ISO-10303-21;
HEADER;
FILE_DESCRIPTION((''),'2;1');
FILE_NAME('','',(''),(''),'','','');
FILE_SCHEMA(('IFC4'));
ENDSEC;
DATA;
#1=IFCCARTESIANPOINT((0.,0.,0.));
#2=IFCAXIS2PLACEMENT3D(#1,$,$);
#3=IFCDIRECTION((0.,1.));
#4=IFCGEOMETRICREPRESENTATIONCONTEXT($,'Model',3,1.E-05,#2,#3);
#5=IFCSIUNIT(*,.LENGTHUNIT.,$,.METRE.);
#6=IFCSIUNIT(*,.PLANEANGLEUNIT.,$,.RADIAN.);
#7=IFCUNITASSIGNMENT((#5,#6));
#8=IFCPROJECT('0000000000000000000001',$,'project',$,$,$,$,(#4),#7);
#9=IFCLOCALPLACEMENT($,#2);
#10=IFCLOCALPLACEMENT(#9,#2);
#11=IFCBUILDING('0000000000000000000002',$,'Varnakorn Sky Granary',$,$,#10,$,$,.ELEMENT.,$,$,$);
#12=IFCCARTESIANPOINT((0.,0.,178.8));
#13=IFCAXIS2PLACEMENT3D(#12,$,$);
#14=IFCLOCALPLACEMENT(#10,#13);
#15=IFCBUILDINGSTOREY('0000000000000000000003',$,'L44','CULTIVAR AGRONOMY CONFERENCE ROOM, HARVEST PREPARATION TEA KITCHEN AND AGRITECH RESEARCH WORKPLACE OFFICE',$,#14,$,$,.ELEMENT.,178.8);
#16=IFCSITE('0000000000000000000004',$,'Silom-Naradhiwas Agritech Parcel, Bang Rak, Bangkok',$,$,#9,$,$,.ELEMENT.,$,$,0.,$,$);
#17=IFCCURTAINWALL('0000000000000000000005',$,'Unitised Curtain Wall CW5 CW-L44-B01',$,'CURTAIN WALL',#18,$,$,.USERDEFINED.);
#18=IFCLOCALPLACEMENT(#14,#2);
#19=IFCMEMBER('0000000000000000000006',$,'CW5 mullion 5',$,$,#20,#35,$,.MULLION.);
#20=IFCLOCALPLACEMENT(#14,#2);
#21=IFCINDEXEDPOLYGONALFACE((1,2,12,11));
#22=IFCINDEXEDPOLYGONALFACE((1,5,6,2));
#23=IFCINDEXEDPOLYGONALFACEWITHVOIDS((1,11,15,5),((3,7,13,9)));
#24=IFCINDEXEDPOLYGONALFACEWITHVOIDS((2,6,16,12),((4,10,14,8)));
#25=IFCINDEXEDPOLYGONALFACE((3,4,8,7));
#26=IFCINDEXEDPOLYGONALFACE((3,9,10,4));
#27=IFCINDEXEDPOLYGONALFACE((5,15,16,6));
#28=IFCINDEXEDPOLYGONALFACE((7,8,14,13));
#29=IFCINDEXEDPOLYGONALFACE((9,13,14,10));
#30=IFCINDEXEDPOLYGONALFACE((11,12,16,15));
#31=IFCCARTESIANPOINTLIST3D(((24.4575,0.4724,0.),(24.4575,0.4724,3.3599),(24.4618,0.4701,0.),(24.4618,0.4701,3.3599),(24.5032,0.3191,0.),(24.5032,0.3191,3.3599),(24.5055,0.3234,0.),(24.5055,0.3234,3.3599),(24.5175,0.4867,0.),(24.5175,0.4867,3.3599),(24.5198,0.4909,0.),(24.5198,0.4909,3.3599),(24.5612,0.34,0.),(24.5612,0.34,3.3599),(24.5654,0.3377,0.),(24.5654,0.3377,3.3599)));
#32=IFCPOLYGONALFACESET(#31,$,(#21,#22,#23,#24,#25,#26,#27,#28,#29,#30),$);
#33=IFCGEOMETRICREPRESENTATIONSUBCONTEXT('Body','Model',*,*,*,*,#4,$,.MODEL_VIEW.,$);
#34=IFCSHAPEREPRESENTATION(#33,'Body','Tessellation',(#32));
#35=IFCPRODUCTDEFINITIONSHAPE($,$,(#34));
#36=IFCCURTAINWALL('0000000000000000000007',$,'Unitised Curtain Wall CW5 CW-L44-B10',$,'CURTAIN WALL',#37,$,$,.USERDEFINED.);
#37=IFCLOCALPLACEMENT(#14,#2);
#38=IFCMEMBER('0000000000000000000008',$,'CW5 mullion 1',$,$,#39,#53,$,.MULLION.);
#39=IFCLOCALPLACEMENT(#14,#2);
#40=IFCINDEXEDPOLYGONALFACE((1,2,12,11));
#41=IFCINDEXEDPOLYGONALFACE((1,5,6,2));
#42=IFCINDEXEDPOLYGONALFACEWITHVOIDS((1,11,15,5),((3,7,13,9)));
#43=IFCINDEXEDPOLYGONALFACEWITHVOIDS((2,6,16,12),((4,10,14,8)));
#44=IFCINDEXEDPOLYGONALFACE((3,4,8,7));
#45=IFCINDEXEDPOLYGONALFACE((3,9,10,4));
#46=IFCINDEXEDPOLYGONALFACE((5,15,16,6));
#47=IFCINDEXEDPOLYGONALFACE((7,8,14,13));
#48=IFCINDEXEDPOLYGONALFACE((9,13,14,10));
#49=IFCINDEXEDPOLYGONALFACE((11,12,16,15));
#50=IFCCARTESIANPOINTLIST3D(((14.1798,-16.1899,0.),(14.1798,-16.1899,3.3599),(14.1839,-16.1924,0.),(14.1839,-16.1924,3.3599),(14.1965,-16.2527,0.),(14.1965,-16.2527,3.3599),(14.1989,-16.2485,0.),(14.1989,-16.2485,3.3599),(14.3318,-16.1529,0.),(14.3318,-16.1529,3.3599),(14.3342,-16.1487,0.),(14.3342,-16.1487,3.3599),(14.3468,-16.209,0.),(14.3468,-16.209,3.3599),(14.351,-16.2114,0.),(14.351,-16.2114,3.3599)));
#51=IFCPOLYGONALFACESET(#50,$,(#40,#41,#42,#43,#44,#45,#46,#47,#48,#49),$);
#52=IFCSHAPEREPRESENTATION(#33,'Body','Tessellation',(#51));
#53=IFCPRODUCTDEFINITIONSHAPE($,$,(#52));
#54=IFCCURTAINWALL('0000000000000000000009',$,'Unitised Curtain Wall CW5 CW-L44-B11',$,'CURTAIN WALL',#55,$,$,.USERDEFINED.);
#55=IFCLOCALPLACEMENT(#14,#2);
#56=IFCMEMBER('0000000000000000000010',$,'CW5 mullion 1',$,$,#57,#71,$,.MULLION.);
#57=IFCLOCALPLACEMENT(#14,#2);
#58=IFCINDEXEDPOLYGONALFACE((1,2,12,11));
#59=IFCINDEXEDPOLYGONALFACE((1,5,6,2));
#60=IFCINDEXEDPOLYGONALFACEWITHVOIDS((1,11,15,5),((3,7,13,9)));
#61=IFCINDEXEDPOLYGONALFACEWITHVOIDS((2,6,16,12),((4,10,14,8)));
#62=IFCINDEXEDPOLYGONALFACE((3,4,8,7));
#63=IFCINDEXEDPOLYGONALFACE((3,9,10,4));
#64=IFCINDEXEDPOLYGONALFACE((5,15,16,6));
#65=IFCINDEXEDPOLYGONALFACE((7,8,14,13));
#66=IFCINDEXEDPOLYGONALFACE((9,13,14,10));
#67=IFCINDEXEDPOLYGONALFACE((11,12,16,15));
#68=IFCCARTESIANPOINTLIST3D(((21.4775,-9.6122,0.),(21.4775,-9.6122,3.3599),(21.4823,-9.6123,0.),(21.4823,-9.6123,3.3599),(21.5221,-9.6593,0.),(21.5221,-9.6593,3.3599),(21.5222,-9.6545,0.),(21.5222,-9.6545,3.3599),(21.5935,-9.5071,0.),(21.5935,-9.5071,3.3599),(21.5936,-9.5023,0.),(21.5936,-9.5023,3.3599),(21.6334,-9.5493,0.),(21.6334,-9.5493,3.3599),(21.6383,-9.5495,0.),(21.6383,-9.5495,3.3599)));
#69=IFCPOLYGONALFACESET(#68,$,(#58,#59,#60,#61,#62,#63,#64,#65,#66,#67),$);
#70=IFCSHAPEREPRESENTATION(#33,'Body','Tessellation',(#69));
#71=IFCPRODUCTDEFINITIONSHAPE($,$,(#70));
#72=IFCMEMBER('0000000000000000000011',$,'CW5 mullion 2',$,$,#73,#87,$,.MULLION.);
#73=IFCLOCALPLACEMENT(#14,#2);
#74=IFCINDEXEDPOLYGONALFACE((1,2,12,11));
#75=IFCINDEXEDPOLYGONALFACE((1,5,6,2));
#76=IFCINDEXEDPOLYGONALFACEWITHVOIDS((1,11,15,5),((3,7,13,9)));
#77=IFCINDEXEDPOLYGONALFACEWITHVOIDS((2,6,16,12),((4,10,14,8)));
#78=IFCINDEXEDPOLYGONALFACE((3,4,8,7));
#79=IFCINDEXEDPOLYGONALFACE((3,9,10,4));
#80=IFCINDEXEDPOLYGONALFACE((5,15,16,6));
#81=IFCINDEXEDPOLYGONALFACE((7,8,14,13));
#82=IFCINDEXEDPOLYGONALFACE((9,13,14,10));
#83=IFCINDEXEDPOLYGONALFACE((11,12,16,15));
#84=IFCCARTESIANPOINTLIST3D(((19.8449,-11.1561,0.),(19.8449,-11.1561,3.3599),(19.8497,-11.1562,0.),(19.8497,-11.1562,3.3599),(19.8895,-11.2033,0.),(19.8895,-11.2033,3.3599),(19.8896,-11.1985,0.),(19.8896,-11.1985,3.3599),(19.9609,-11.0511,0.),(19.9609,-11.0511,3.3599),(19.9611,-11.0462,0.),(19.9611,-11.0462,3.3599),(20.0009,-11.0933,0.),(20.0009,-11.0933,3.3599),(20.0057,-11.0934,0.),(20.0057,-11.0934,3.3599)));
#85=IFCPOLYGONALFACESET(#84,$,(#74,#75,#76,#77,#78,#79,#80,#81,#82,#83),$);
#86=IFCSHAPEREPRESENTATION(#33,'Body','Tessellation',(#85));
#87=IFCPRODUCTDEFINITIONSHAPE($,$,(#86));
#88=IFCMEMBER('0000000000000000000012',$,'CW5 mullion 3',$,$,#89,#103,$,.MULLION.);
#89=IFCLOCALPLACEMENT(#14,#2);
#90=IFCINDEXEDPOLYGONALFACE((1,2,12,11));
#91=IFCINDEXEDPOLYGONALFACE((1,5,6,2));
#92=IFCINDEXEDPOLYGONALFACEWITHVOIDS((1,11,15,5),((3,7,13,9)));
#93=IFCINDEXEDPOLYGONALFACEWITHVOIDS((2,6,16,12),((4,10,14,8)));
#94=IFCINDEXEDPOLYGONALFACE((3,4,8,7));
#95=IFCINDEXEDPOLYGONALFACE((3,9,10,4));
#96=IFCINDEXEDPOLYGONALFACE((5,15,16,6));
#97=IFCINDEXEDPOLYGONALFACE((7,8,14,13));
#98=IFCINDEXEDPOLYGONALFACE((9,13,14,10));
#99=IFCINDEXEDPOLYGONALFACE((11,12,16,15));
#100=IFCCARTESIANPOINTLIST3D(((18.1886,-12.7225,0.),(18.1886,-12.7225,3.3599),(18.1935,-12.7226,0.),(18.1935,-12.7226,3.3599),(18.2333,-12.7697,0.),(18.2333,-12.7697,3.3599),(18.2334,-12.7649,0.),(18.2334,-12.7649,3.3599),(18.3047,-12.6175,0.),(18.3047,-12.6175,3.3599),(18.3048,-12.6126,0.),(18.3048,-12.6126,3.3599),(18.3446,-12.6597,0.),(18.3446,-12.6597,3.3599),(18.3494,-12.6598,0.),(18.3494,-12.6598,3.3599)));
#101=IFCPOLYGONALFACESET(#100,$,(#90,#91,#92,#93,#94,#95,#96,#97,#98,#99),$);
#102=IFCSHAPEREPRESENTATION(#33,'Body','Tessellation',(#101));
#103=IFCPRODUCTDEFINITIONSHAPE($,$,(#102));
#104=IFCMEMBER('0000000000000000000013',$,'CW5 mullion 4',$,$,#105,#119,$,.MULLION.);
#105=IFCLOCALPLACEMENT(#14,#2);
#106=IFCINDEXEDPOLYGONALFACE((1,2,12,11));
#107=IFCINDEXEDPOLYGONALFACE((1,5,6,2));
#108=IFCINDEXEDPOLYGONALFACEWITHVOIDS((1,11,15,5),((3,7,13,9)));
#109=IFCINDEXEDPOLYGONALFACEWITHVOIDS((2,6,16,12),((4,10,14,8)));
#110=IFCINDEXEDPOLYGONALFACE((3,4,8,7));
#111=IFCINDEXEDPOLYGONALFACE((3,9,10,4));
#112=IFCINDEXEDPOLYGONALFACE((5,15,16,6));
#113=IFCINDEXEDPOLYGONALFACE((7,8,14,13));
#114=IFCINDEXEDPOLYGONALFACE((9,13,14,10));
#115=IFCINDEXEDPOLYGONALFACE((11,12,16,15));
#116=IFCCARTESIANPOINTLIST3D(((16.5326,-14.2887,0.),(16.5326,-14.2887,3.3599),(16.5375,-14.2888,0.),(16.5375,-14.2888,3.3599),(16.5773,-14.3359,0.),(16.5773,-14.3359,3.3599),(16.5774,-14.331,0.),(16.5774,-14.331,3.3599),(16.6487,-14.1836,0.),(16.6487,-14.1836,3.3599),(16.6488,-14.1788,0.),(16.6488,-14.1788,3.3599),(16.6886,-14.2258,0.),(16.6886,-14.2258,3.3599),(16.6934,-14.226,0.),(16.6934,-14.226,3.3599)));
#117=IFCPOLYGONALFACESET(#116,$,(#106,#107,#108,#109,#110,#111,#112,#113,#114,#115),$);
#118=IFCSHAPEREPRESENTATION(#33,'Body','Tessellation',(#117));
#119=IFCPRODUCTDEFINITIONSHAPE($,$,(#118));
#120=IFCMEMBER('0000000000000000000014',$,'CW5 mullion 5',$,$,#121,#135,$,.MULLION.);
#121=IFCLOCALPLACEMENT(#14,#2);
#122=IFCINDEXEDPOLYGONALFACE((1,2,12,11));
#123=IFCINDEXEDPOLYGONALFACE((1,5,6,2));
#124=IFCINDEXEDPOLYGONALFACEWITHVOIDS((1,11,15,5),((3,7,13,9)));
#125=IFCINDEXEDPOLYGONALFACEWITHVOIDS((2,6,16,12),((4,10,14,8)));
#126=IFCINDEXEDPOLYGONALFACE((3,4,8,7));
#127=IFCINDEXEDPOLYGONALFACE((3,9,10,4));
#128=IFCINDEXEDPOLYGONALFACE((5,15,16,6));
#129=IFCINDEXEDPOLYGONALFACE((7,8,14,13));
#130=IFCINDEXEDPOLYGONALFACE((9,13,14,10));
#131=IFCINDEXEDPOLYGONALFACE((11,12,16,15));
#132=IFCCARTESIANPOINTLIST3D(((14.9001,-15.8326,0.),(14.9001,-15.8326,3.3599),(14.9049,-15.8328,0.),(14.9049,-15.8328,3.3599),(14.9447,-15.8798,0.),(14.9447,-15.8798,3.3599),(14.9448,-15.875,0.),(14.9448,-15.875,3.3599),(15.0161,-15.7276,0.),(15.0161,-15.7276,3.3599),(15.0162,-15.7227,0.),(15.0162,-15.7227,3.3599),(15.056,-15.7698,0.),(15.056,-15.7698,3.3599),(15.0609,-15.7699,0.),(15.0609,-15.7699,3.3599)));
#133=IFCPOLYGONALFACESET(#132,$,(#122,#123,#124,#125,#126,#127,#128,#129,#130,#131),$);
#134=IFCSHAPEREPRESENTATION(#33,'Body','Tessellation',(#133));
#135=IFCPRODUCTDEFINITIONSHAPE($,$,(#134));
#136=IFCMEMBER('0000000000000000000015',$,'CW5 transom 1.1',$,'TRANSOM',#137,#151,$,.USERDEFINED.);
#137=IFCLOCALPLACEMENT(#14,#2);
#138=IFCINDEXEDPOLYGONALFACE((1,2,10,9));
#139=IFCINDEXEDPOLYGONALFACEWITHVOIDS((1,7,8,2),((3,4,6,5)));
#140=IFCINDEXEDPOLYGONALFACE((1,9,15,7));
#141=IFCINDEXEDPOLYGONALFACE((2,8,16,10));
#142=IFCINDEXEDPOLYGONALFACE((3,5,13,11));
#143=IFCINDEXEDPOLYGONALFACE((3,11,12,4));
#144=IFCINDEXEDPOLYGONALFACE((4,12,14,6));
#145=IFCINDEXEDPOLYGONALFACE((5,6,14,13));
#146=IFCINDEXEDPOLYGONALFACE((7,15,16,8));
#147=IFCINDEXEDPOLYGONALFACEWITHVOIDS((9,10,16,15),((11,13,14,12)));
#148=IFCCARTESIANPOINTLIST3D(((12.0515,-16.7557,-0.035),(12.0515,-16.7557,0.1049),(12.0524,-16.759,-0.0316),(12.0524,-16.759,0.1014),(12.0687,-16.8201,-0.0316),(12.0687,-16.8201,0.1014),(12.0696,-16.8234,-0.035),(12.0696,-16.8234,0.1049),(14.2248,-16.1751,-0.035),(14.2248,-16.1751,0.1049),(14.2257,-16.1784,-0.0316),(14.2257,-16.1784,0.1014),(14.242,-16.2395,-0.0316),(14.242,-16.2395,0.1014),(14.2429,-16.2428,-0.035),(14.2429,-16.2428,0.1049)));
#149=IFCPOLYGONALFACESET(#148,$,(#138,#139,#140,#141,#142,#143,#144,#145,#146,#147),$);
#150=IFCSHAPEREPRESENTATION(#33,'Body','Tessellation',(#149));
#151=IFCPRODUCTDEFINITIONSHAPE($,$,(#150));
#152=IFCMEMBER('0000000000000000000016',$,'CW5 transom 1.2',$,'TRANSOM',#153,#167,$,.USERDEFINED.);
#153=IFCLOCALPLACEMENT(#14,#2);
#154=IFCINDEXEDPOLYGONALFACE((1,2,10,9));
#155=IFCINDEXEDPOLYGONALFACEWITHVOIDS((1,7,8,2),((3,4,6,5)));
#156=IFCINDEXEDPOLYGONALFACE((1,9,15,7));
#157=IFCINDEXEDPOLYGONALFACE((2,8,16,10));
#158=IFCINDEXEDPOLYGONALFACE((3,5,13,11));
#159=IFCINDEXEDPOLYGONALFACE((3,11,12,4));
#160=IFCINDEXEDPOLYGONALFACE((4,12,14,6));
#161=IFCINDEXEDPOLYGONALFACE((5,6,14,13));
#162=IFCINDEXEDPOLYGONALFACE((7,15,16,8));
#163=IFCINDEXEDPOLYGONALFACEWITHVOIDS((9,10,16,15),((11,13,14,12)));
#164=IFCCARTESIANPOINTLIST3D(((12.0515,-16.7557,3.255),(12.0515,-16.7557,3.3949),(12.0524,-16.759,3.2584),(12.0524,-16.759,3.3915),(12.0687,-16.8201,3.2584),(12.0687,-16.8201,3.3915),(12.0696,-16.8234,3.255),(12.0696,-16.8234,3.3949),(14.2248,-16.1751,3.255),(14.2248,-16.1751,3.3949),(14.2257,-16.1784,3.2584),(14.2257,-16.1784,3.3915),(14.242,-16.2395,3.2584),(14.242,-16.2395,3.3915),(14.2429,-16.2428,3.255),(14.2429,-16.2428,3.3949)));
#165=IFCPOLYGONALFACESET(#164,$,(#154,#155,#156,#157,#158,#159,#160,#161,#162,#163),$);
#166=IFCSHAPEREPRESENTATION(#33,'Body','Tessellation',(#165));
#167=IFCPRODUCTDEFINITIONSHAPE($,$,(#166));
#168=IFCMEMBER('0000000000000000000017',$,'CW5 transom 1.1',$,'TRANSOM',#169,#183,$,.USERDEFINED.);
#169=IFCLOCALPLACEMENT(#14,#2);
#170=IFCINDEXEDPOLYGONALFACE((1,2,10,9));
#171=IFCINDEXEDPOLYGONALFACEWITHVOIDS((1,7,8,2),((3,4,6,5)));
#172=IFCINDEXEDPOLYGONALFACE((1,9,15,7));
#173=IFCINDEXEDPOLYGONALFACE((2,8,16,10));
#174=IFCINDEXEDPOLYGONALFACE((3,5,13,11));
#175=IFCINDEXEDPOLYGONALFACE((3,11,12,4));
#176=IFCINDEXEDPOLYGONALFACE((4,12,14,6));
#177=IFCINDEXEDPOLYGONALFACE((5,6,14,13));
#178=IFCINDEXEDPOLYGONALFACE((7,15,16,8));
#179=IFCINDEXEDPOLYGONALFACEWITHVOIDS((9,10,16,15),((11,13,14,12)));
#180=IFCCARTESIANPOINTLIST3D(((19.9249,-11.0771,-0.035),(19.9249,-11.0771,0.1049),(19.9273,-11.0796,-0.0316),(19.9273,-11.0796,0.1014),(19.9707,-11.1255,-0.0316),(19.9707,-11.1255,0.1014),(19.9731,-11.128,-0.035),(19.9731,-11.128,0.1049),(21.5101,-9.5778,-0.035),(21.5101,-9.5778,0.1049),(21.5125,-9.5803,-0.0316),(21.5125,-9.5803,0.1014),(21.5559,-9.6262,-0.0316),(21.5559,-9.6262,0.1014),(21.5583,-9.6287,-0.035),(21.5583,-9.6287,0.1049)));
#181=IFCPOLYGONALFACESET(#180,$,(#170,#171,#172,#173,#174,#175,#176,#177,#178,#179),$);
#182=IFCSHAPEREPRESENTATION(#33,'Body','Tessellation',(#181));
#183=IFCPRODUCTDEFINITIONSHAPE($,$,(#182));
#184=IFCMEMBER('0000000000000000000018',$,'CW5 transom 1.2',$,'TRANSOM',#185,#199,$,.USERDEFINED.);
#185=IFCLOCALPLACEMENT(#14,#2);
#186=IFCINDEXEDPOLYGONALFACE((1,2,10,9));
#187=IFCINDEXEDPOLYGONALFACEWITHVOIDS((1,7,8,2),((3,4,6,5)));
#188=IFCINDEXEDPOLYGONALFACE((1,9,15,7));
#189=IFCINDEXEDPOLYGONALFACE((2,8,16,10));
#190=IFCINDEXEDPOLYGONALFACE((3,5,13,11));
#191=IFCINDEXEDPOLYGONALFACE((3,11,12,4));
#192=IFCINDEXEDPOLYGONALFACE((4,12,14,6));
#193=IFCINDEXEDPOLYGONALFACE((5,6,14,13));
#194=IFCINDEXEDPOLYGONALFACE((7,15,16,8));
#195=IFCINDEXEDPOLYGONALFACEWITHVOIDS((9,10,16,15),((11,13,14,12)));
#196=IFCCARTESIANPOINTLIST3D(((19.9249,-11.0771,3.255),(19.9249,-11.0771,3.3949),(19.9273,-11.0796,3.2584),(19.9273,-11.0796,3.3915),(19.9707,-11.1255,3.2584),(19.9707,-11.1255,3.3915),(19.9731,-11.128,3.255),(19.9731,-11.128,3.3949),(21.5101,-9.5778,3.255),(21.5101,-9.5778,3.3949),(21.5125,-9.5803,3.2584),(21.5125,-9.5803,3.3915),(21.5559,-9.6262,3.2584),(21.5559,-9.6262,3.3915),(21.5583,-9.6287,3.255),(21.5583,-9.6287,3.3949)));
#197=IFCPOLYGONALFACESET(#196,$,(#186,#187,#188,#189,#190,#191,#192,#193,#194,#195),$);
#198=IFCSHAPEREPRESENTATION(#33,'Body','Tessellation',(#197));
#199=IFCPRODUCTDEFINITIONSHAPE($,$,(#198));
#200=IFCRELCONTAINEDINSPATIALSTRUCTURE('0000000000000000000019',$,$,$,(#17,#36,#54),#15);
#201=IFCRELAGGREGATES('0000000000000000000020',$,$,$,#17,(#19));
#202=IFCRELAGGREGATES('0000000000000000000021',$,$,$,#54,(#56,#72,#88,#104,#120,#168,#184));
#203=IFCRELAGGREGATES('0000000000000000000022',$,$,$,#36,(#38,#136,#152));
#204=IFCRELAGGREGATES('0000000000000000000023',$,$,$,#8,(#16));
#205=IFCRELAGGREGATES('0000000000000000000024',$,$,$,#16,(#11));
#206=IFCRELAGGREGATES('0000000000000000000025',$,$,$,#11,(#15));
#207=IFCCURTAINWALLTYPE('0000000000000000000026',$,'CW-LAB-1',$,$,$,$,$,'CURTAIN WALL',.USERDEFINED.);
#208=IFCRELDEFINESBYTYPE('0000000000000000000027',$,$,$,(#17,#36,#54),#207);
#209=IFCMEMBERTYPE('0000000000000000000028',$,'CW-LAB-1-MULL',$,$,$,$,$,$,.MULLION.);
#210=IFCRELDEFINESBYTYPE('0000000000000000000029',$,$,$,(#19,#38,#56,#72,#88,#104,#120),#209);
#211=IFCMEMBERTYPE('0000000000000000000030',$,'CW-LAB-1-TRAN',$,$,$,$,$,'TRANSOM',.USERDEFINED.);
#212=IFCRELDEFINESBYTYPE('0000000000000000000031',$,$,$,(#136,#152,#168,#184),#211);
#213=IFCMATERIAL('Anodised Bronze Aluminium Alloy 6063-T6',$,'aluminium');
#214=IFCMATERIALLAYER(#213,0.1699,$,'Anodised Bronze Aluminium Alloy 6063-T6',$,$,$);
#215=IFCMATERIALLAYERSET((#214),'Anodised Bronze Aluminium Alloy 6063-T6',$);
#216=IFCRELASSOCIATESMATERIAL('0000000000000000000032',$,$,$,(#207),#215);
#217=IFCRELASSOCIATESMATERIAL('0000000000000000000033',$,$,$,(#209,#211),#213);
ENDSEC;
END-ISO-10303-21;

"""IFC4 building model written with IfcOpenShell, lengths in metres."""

from ifc_helpers import new_model, si_unit, direction, frame, origin, origin_2d, place, context, subcontext, project, spatial, hollow_rectangle, extrude, material, layer, layer_set, material_profile, profile_set, type_object, element, aggregate, save


model = new_model("IFC4")

# Units and contexts
model_context = context("Model", 3, precision=1e-05, world=origin(), true_north=direction((0.0, 1.0)))
body_context = subcontext(model_context, "Body", "Model", "MODEL_VIEW")
ifc_project = project(units=[si_unit("LENGTHUNIT", "METRE"), si_unit("PLANEANGLEUNIT", "RADIAN")], contexts=[model_context])

# Site, building, storey
site_placement = place(None, origin())
site = spatial("IfcSite", under=ifc_project, at=site_placement, Name="Silom-Naradhiwas Agritech Parcel, Bang Rak, Bangkok", CompositionType="ELEMENT", RefElevation=0.0)
building_placement = place(site_placement, origin())
building = spatial("IfcBuilding", under=site, at=building_placement, Name="Varnakorn Sky Granary", CompositionType="ELEMENT")
storey_placement = place(building_placement, frame((0.0, 0.0, 178.8)))
storey = spatial("IfcBuildingStorey", under=building, at=storey_placement, Name="L44", Description="CULTIVAR AGRONOMY CONFERENCE ROOM, HARVEST PREPARATION TEA KITCHEN AND AGRITECH RESEARCH WORKPLACE OFFICE", CompositionType="ELEMENT", Elevation=178.8)

# Curtain walls, members
ifc_material_1 = material(Name="Anodised Bronze Aluminium Alloy 6063-T6", Category="aluminium")
ifc_layer_1 = layer(ifc_material_1, 0.1699, Name="Anodised Bronze Aluminium Alloy 6063-T6")
ifc_layer_set_1 = layer_set([ifc_layer_1], Name="Anodised Bronze Aluminium Alloy 6063-T6")
curtain_wall_type = type_object("IfcCurtainWallType", Name="CW-LAB-1", ElementType="CURTAIN WALL", PredefinedType="USERDEFINED", material=ifc_layer_set_1)
curtain_wall_1_placement = place(storey_placement, origin())
curtain_wall_1 = element("IfcCurtainWall", 1, at=curtain_wall_1_placement, inside=storey, type_object=curtain_wall_type, Name="Unitised Curtain Wall CW5 CW-L44-B01", ObjectType="CURTAIN WALL", PredefinedType="USERDEFINED")
ifc_material_profile_1 = material_profile(ifc_material_1, hollow_rectangle(XDim=0.0649, YDim=0.1599, WallThickness=0.0034, at=origin_2d()), Name="ALU MULL 65x160")
ifc_profile_set_1 = profile_set([ifc_material_profile_1], Name="Anodised Bronze Aluminium Alloy 6063-T6")
member_type_1 = type_object("IfcMemberType", Name="CW-LAB-1-MULL", PredefinedType="MULLION", material=ifc_profile_set_1)
member_1_placement = place(storey_placement, frame((24.5115, 0.405, 0.0), z_axis=(0.0, 0.0, 1.0), x_axis=(0.958389, 0.285467, 0.0)))
member_1 = element("IfcMember", 2, at=member_1_placement, type_object=member_type_1, Name="CW5 mullion 5", PredefinedType="MULLION", context=body_context, shape_type="SweptSolid", body=[
    extrude(hollow_rectangle(XDim=0.0649, YDim=0.1599, WallThickness=0.0034, at=origin_2d()), origin(), (0.0, 0.0, 1.0), 3.3599),
])
aggregate(curtain_wall_1, [member_1])
curtain_wall_2_placement = place(storey_placement, origin())
curtain_wall_2 = element("IfcCurtainWall", 3, at=curtain_wall_2_placement, inside=storey, type_object=curtain_wall_type, Name="Unitised Curtain Wall CW5 CW-L44-B10", ObjectType="CURTAIN WALL", PredefinedType="USERDEFINED")
member_2_placement = place(storey_placement, frame((14.2654, -16.2007, 0.0), z_axis=(0.0, 0.0, 1.0), x_axis=(0.258096, -0.966119, 0.0)))
member_2 = element("IfcMember", 4, at=member_2_placement, type_object=member_type_1, Name="CW5 mullion 1", PredefinedType="MULLION", context=body_context, shape_type="SweptSolid", body=[
    extrude(hollow_rectangle(XDim=0.0649, YDim=0.1599, WallThickness=0.0034, at=origin_2d()), origin(), (0.0, 0.0, 1.0), 3.3599),
])

# Curtain wall, members
curtain_wall_3_placement = place(storey_placement, origin())
curtain_wall_3 = element("IfcCurtainWall", 5, at=curtain_wall_3_placement, inside=storey, type_object=curtain_wall_type, Name="Unitised Curtain Wall CW5 CW-L44-B11", ObjectType="CURTAIN WALL", PredefinedType="USERDEFINED")
member_3_placement = place(storey_placement, frame((21.5579, -9.5808, 0.0), z_axis=(0.0, 0.0, 1.0), x_axis=(0.687124, -0.726541, 0.0)))
member_3 = element("IfcMember", 6, at=member_3_placement, type_object=member_type_1, Name="CW5 mullion 1", PredefinedType="MULLION", context=body_context, shape_type="SweptSolid", body=[
    extrude(hollow_rectangle(XDim=0.0649, YDim=0.1599, WallThickness=0.0034, at=origin_2d()), origin(), (0.0, 0.0, 1.0), 3.3599),
])
member_4_placement = place(storey_placement, frame((19.9253, -11.1248, 0.0), z_axis=(0.0, 0.0, 1.0), x_axis=(0.687124, -0.726541, 0.0)))
member_4 = element("IfcMember", 7, at=member_4_placement, type_object=member_type_1, Name="CW5 mullion 2", PredefinedType="MULLION", context=body_context, shape_type="SweptSolid", body=[
    extrude(hollow_rectangle(XDim=0.0649, YDim=0.1599, WallThickness=0.0034, at=origin_2d()), origin(), (0.0, 0.0, 1.0), 3.3599),
])
member_5_placement = place(storey_placement, frame((18.269, -12.6912, 0.0), z_axis=(0.0, 0.0, 1.0), x_axis=(0.687124, -0.726541, 0.0)))
member_5 = element("IfcMember", 8, at=member_5_placement, type_object=member_type_1, Name="CW5 mullion 3", PredefinedType="MULLION", context=body_context, shape_type="SweptSolid", body=[
    extrude(hollow_rectangle(XDim=0.0649, YDim=0.1599, WallThickness=0.0034, at=origin_2d()), origin(), (0.0, 0.0, 1.0), 3.3599),
])
member_6_placement = place(storey_placement, frame((16.613, -14.2573, 0.0), z_axis=(0.0, 0.0, 1.0), x_axis=(0.687124, -0.726541, 0.0)))
member_6 = element("IfcMember", 9, at=member_6_placement, type_object=member_type_1, Name="CW5 mullion 4", PredefinedType="MULLION", context=body_context, shape_type="SweptSolid", body=[
    extrude(hollow_rectangle(XDim=0.0649, YDim=0.1599, WallThickness=0.0034, at=origin_2d()), origin(), (0.0, 0.0, 1.0), 3.3599),
])
member_7_placement = place(storey_placement, frame((14.9805, -15.8013, 0.0), z_axis=(0.0, 0.0, 1.0), x_axis=(0.687124, -0.726541, 0.0)))
member_7 = element("IfcMember", 10, at=member_7_placement, type_object=member_type_1, Name="CW5 mullion 5", PredefinedType="MULLION", context=body_context, shape_type="SweptSolid", body=[
    extrude(hollow_rectangle(XDim=0.0649, YDim=0.1599, WallThickness=0.0034, at=origin_2d()), origin(), (0.0, 0.0, 1.0), 3.3599),
])

# Members
ifc_material_profile_2 = material_profile(ifc_material_1, hollow_rectangle(XDim=0.0701, YDim=0.1399, WallThickness=0.0034, at=origin_2d()), Name="ALU TRAN 70x140")
ifc_profile_set_2 = profile_set([ifc_material_profile_2], Name="Anodised Bronze Aluminium Alloy 6063-T6")
member_type_2 = type_object("IfcMemberType", Name="CW-LAB-1-TRAN", ElementType="TRANSOM", PredefinedType="USERDEFINED", material=ifc_profile_set_2)
member_8_placement = place(storey_placement, frame((14.2339, -16.209, 0.0349), z_axis=(-0.966123, -0.258081, 0.0), x_axis=(0.258081, -0.966123, 0.0)))
member_8 = element("IfcMember", 11, at=member_8_placement, type_object=member_type_2, Name="CW5 transom 1.1", ObjectType="TRANSOM", PredefinedType="USERDEFINED", context=body_context, shape_type="SweptSolid", body=[
    extrude(hollow_rectangle(XDim=0.0701, YDim=0.1399, WallThickness=0.0034, at=origin_2d()), origin(), (0.0, 0.0, 1.0), 2.2495),
])
member_9_placement = place(storey_placement, frame((14.2339, -16.209, 3.325), z_axis=(-0.966123, -0.258081, 0.0), x_axis=(0.258081, -0.966123, 0.0)))
member_9 = element("IfcMember", 12, at=member_9_placement, type_object=member_type_2, Name="CW5 transom 1.2", ObjectType="TRANSOM", PredefinedType="USERDEFINED", context=body_context, shape_type="SweptSolid", body=[
    extrude(hollow_rectangle(XDim=0.0701, YDim=0.1399, WallThickness=0.0034, at=origin_2d()), origin(), (0.0, 0.0, 1.0), 2.2495),
])
member_10_placement = place(storey_placement, frame((21.5342, -9.6033, 0.0349), z_axis=(-0.726526, -0.687139, 0.0), x_axis=(0.687139, -0.726526, 0.0)))
member_10 = element("IfcMember", 13, at=member_10_placement, type_object=member_type_2, Name="CW5 transom 1.1", ObjectType="TRANSOM", PredefinedType="USERDEFINED", context=body_context, shape_type="SweptSolid", body=[
    extrude(hollow_rectangle(XDim=0.0701, YDim=0.1399, WallThickness=0.0034, at=origin_2d()), origin(), (0.0, 0.0, 1.0), 2.1819),
])
member_11_placement = place(storey_placement, frame((21.5342, -9.6033, 3.325), z_axis=(-0.726526, -0.687139, 0.0), x_axis=(0.687139, -0.726526, 0.0)))
member_11 = element("IfcMember", 14, at=member_11_placement, type_object=member_type_2, Name="CW5 transom 1.2", ObjectType="TRANSOM", PredefinedType="USERDEFINED", context=body_context, shape_type="SweptSolid", body=[
    extrude(hollow_rectangle(XDim=0.0701, YDim=0.1399, WallThickness=0.0034, at=origin_2d()), origin(), (0.0, 0.0, 1.0), 2.1819),
])

aggregate(curtain_wall_3, [member_3, member_4, member_5, member_6, member_7, member_10, member_11])
aggregate(curtain_wall_2, [member_2, member_8, member_9])

save(model, "model.ifc")
